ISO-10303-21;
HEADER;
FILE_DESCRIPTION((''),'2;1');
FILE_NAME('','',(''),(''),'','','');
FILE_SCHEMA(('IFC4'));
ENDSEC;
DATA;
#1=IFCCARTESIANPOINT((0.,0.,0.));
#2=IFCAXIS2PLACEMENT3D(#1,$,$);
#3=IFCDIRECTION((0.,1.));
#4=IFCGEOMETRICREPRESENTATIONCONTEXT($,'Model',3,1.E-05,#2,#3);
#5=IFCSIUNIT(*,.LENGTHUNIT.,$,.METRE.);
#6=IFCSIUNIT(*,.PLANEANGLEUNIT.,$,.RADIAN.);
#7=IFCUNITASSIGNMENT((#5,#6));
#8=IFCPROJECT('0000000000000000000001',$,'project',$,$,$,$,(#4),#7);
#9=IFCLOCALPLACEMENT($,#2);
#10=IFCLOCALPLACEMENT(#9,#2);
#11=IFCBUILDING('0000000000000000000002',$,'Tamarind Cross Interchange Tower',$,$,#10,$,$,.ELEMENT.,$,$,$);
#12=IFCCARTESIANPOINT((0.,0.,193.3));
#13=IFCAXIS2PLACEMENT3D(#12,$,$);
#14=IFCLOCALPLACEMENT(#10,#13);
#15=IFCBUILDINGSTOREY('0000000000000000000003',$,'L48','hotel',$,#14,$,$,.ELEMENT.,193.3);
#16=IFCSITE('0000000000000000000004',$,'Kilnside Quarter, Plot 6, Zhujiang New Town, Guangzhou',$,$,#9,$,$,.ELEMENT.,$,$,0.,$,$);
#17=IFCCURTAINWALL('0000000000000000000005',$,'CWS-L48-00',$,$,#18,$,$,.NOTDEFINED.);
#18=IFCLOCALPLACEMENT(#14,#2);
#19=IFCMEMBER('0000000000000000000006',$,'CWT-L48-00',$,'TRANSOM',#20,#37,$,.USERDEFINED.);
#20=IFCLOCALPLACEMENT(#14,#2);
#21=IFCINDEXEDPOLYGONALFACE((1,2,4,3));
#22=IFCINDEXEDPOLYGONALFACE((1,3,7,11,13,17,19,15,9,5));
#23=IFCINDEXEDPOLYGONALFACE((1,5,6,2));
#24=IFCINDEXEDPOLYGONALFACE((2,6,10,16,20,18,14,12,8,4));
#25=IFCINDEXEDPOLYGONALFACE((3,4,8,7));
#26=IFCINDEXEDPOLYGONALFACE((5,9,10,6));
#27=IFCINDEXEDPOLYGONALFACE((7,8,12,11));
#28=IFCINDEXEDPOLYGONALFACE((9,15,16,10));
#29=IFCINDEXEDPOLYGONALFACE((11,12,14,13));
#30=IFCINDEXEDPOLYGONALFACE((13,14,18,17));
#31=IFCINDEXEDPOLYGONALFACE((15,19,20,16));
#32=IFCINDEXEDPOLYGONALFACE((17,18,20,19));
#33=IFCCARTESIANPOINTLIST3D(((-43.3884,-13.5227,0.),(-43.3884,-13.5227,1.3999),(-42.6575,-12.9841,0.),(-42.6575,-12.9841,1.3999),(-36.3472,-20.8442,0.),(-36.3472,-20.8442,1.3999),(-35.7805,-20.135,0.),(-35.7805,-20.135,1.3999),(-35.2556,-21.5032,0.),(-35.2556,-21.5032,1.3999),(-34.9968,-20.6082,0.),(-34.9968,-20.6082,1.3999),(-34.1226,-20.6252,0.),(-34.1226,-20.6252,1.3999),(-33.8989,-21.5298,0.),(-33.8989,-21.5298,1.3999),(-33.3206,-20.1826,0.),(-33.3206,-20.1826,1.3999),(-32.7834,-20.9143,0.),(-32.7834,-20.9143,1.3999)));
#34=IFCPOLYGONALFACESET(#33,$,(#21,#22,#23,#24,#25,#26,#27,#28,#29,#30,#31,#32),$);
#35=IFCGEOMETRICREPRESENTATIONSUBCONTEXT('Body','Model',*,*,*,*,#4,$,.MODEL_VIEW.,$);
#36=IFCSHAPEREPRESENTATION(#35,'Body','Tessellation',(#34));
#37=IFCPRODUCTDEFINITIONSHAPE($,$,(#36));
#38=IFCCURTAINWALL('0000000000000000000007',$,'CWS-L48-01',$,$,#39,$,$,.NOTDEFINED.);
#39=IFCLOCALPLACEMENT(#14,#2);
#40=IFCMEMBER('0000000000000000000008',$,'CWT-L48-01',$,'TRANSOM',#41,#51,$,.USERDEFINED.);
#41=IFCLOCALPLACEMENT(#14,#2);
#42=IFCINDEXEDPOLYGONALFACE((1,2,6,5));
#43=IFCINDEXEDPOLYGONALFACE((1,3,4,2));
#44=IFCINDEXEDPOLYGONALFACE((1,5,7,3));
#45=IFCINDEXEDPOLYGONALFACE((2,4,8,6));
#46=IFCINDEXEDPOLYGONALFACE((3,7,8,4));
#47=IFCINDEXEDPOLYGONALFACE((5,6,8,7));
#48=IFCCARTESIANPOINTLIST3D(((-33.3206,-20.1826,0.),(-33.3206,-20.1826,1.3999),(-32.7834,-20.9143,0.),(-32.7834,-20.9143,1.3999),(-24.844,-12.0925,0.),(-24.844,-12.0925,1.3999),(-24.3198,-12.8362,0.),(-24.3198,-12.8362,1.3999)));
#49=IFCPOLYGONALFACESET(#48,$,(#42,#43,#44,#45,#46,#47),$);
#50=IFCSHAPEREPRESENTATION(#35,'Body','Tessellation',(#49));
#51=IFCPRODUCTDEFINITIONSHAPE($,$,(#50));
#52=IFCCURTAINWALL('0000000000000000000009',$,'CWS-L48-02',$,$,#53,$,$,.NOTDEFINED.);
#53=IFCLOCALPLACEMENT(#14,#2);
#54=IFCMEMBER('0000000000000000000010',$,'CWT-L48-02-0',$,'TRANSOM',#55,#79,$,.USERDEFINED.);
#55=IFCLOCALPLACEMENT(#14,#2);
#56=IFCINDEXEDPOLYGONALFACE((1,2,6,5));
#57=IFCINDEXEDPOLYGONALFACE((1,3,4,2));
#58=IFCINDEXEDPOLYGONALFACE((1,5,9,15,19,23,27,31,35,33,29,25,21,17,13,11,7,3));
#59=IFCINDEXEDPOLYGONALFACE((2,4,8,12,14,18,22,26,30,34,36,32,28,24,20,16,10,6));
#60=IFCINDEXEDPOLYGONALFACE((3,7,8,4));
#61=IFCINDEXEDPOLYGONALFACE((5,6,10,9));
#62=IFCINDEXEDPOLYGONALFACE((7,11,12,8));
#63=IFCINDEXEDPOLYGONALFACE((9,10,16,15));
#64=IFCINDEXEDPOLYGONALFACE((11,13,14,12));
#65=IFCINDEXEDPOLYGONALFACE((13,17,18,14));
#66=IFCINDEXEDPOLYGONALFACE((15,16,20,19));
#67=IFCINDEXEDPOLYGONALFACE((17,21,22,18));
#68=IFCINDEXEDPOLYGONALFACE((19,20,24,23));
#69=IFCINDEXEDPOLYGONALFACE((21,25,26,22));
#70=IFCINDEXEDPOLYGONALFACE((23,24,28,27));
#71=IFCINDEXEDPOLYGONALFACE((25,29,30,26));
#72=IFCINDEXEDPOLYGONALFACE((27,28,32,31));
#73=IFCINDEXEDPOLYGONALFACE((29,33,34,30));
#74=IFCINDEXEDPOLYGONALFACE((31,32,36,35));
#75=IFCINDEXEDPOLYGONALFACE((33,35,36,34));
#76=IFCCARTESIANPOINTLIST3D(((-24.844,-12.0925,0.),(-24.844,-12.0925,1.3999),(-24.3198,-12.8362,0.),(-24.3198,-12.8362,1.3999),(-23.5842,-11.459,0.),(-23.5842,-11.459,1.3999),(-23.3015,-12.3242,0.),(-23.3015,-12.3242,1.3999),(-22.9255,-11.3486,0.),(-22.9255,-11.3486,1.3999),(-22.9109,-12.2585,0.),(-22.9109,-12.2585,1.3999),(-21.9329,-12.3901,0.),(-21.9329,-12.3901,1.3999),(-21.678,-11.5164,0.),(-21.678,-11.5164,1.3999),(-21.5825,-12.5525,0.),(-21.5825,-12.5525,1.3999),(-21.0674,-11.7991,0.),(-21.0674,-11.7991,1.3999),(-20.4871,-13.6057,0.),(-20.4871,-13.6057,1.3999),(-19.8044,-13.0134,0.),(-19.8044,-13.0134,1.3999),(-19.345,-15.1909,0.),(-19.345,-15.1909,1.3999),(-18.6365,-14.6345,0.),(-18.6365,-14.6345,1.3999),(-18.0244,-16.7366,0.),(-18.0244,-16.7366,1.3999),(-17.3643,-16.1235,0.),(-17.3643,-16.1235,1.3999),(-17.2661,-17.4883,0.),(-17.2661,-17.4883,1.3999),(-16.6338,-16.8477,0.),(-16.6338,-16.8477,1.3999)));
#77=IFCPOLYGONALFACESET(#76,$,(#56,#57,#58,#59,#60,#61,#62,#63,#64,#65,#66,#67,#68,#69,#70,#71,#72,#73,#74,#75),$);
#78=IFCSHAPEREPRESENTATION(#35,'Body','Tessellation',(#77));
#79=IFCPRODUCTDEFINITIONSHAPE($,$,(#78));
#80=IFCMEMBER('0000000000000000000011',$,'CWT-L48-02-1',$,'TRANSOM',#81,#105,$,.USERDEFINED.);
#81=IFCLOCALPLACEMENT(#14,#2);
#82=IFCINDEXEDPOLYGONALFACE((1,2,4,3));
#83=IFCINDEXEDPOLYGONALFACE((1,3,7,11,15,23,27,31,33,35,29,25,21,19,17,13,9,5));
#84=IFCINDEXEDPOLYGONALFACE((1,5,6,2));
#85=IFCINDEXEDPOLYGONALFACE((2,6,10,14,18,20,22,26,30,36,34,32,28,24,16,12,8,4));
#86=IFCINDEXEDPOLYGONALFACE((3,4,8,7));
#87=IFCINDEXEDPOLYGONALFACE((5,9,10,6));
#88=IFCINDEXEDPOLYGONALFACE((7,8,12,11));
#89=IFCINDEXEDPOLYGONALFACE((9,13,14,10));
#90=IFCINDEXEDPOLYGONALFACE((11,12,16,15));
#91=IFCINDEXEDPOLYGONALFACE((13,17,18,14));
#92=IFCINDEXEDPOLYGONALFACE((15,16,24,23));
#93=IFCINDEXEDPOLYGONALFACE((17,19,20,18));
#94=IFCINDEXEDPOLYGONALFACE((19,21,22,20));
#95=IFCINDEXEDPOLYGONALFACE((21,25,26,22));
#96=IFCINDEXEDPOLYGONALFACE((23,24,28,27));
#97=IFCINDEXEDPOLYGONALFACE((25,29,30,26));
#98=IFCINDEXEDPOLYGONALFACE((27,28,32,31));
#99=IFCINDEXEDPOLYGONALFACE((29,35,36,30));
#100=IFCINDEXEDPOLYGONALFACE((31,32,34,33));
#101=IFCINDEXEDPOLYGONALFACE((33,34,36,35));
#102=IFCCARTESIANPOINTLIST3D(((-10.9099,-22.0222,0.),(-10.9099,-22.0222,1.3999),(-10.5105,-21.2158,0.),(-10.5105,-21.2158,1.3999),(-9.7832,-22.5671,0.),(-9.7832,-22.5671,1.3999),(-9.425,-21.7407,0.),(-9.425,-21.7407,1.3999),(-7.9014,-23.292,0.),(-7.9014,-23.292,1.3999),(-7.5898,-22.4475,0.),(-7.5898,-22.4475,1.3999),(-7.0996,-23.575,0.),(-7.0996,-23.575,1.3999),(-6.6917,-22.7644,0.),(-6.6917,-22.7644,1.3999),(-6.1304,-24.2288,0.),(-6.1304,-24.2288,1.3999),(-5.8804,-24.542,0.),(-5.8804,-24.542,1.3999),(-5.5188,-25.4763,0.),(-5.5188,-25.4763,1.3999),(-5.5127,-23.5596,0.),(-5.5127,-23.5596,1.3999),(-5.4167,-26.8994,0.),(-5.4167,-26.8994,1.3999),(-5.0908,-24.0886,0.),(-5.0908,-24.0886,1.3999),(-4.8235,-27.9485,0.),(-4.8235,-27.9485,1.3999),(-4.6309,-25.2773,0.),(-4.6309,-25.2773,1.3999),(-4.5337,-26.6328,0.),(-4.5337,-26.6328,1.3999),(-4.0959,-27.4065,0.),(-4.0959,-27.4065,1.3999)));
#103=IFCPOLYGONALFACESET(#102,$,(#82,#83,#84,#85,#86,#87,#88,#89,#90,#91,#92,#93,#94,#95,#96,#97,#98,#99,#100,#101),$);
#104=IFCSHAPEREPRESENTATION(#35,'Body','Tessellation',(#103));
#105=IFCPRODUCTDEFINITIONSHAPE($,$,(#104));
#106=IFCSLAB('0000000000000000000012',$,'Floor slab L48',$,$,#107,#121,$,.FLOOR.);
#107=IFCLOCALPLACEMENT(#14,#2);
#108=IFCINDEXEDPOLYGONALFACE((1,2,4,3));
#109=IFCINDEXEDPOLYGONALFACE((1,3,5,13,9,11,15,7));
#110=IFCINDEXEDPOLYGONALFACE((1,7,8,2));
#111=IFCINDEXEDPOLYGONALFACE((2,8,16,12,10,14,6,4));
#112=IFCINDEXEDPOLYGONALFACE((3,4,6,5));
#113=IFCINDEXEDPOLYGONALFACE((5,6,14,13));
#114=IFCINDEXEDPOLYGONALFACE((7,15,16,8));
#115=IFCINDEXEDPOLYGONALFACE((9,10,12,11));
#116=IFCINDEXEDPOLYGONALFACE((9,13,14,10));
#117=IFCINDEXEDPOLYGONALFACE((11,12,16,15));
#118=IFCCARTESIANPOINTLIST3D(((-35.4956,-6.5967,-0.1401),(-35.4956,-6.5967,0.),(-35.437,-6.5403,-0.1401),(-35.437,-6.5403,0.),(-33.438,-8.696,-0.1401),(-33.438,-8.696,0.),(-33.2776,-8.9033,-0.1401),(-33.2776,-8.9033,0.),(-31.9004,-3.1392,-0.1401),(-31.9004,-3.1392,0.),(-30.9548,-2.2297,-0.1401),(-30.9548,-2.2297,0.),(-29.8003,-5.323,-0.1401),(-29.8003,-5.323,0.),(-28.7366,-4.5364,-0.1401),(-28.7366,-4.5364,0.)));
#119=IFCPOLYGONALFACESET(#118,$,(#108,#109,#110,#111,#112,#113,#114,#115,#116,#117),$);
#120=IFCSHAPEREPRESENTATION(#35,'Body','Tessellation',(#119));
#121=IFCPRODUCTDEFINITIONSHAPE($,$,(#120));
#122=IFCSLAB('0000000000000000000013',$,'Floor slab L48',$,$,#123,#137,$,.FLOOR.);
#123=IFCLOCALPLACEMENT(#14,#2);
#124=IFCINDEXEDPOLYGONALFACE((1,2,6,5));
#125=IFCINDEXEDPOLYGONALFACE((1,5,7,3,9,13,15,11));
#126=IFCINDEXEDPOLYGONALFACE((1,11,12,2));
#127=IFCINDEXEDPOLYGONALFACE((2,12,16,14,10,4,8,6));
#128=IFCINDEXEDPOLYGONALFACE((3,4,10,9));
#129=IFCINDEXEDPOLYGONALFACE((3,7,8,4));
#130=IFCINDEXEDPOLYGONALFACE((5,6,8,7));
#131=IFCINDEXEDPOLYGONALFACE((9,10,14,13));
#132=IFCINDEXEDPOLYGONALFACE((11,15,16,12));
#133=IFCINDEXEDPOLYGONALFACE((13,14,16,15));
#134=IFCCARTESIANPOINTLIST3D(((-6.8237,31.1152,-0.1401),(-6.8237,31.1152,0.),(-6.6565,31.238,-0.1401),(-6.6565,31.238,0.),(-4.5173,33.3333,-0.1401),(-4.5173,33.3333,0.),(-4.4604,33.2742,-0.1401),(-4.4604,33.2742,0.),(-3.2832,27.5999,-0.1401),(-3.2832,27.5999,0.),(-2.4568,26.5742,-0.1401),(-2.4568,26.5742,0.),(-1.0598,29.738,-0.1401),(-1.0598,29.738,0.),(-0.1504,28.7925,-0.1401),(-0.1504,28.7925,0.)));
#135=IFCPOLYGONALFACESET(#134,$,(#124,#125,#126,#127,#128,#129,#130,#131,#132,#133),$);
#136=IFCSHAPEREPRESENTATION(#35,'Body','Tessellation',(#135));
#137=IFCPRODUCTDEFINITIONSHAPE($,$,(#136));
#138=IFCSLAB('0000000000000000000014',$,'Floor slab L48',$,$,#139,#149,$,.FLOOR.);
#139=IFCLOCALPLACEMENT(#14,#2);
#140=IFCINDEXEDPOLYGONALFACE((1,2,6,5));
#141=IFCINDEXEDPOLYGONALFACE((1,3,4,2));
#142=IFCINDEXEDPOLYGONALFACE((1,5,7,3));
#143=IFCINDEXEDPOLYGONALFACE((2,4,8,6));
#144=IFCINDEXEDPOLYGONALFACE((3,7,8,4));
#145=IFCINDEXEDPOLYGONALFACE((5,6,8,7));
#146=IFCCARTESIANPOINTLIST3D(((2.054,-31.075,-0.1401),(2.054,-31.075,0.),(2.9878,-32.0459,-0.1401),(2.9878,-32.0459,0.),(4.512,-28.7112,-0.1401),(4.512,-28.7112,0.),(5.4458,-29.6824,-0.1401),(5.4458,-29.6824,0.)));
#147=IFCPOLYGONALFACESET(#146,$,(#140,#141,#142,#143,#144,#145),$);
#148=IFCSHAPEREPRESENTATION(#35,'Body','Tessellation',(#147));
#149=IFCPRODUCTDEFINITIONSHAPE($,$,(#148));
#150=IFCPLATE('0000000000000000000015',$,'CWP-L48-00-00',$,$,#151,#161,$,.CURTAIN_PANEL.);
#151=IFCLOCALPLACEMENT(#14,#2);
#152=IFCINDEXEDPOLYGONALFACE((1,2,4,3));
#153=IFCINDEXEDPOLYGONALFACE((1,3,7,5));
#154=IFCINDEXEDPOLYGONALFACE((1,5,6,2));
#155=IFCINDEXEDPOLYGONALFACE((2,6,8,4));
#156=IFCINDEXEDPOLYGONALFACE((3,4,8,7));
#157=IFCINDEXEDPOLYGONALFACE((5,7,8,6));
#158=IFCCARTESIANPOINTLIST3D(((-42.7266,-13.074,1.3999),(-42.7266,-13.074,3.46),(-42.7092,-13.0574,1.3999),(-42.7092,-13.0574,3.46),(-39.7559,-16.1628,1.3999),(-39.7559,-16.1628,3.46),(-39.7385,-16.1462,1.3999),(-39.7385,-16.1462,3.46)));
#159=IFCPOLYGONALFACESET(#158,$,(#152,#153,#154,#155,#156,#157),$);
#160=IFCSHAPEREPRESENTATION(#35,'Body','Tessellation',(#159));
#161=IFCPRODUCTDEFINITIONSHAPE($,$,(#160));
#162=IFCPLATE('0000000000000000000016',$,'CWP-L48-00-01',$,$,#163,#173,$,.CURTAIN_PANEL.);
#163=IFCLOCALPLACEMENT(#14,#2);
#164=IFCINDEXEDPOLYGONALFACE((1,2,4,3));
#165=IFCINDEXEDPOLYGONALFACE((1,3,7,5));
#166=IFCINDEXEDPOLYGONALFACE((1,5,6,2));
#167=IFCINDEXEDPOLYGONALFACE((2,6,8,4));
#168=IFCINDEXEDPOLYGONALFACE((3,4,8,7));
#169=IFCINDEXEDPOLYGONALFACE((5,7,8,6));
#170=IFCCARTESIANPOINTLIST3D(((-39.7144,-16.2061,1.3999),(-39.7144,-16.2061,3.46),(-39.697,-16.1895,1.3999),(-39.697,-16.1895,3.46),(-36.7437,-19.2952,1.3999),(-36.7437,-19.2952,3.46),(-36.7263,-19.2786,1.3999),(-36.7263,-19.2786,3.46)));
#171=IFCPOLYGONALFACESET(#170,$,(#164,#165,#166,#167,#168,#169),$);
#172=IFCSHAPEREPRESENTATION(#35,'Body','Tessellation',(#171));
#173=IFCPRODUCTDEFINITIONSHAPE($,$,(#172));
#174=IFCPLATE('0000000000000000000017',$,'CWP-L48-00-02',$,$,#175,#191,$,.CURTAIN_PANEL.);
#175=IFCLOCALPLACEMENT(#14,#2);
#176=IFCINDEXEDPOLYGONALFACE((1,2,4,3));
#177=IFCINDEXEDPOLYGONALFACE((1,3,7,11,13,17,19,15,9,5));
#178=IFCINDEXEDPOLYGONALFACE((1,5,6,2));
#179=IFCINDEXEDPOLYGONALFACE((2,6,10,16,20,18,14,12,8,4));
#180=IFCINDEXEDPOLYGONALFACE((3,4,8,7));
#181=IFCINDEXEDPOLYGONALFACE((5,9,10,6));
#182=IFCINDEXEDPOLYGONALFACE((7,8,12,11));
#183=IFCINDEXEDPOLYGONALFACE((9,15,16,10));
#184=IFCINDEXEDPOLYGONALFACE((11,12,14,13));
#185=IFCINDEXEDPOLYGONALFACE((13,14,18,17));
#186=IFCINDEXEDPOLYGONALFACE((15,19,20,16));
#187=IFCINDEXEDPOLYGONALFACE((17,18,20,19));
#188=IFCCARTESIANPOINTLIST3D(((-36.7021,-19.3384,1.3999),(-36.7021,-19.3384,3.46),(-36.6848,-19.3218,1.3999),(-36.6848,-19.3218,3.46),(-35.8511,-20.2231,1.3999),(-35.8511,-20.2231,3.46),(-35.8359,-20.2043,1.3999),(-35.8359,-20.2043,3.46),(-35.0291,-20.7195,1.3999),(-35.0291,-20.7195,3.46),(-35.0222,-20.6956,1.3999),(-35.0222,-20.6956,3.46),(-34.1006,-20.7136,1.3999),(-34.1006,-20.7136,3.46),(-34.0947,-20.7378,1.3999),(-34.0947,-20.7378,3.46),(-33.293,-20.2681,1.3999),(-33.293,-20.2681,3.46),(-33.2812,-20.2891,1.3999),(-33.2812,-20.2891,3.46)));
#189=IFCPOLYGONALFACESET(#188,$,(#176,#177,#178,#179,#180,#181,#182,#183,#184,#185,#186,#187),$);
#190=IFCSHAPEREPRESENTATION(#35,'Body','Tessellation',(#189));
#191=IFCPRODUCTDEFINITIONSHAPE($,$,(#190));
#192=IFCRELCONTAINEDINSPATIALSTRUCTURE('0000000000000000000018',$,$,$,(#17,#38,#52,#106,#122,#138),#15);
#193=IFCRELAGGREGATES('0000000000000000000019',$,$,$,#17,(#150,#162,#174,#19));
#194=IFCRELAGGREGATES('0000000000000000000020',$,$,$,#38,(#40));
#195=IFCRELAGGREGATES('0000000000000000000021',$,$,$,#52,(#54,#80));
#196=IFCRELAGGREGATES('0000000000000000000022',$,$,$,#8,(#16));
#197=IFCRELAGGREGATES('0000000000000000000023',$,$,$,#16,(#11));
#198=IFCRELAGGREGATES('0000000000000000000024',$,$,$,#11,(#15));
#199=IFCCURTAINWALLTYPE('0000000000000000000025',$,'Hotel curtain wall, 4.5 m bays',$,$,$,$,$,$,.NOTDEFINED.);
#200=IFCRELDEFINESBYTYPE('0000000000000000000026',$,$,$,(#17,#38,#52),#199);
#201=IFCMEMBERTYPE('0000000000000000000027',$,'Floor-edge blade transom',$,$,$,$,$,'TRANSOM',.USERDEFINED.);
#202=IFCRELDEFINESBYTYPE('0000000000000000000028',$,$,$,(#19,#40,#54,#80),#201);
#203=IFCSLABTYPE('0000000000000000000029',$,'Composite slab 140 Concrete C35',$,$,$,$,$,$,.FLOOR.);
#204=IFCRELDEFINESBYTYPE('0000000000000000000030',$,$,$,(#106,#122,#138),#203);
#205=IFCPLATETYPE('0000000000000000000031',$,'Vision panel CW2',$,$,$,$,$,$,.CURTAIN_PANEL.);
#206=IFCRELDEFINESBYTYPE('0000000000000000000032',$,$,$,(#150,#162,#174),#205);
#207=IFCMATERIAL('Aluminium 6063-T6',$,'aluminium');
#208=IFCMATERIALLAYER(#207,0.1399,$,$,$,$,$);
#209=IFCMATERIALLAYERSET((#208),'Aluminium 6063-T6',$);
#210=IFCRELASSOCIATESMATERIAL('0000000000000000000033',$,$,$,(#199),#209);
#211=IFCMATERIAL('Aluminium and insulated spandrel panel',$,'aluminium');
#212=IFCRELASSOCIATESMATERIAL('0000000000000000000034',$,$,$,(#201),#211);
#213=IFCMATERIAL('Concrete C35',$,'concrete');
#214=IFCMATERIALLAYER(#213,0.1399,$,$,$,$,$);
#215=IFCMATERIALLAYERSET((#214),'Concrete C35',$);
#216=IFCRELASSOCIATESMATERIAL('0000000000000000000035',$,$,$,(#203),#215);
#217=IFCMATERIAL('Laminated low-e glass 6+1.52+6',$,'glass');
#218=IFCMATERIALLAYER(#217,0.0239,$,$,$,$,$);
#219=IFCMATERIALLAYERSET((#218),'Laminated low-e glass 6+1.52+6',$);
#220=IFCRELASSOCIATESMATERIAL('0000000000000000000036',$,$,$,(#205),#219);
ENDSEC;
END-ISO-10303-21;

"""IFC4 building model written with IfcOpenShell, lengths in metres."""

from ifc_helpers import new_model, si_unit, direction, frame, origin, place, context, subcontext, project, spatial, polyline, outline, extrude, material, layer, layer_set, type_object, element, aggregate, save


model = new_model("IFC4")

# Units and contexts
model_context = context("Model", 3, precision=1e-05, world=origin(), true_north=direction((0.0, 1.0)))
body_context = subcontext(model_context, "Body", "Model", "MODEL_VIEW")
ifc_project = project(units=[si_unit("LENGTHUNIT", "METRE"), si_unit("PLANEANGLEUNIT", "RADIAN")], contexts=[model_context])

# Site, building, storey
site_placement = place(None, origin())
site = spatial("IfcSite", under=ifc_project, at=site_placement, Name="Kilnside Quarter, Plot 6, Zhujiang New Town, Guangzhou", CompositionType="ELEMENT", RefElevation=0.0)
building_placement = place(site_placement, origin())
building = spatial("IfcBuilding", under=site, at=building_placement, Name="Tamarind Cross Interchange Tower", CompositionType="ELEMENT")
storey_placement = place(building_placement, frame((0.0, 0.0, 193.3)))
storey = spatial("IfcBuildingStorey", under=building, at=storey_placement, Name="L48", Description="hotel", CompositionType="ELEMENT", Elevation=193.3)

# Curtain walls, members
ifc_material_1 = material(Name="Aluminium 6063-T6", Category="aluminium")
ifc_layer_1 = layer(ifc_material_1, 0.1399)
ifc_layer_set_1 = layer_set([ifc_layer_1], Name="Aluminium 6063-T6")
curtain_wall_type = type_object("IfcCurtainWallType", Name="Hotel curtain wall, 4.5 m bays", PredefinedType="NOTDEFINED", material=ifc_layer_set_1)
curtain_wall_1_placement = place(storey_placement, origin())
curtain_wall_1 = element("IfcCurtainWall", 1, at=curtain_wall_1_placement, inside=storey, type_object=curtain_wall_type, Name="CWS-L48-00", PredefinedType="NOTDEFINED")
ifc_material_2 = material(Name="Aluminium and insulated spandrel panel", Category="aluminium")
member_type = type_object("IfcMemberType", Name="Floor-edge blade transom", ElementType="TRANSOM", PredefinedType="USERDEFINED", material=ifc_material_2)
member_1_placement = place(storey_placement, origin())
member_1 = element("IfcMember", 2, at=member_1_placement, type_object=member_type, Name="CWT-L48-00", ObjectType="TRANSOM", PredefinedType="USERDEFINED", context=body_context, shape_type="SweptSolid", body=[
    extrude(outline(polyline([(-42.6575, -12.9841), (-35.7805, -20.135), (-34.9968, -20.6082), (-34.1226, -20.6252), (-33.3206, -20.1826), (-32.7834, -20.9143), (-33.8989, -21.5298), (-35.2556, -21.5032), (-36.3472, -20.8442), (-43.3884, -13.5227), (-42.6575, -12.9841)])), origin(), (0.0, 0.0, 1.0), 1.3999),
])
curtain_wall_2_placement = place(storey_placement, origin())
curtain_wall_2 = element("IfcCurtainWall", 3, at=curtain_wall_2_placement, inside=storey, type_object=curtain_wall_type, Name="CWS-L48-01", PredefinedType="NOTDEFINED")
member_2_placement = place(storey_placement, origin())
member_2 = element("IfcMember", 4, at=member_2_placement, type_object=member_type, Name="CWT-L48-01", ObjectType="TRANSOM", PredefinedType="USERDEFINED", context=body_context, shape_type="SweptSolid", body=[
    extrude(outline(polyline([(-33.3206, -20.1826), (-24.844, -12.0925), (-24.3198, -12.8362), (-32.7834, -20.9143), (-33.3206, -20.1826)])), origin(), (0.0, 0.0, 1.0), 1.3999),
])

# Curtain wall, members
curtain_wall_3_placement = place(storey_placement, origin())
curtain_wall_3 = element("IfcCurtainWall", 5, at=curtain_wall_3_placement, inside=storey, type_object=curtain_wall_type, Name="CWS-L48-02", PredefinedType="NOTDEFINED")
member_3_placement = place(storey_placement, origin())
member_3 = element("IfcMember", 6, at=member_3_placement, type_object=member_type, Name="CWT-L48-02-0", ObjectType="TRANSOM", PredefinedType="USERDEFINED", context=body_context, shape_type="SweptSolid", body=[
    extrude(outline(polyline([(-24.844, -12.0925), (-23.5842, -11.459), (-22.9255, -11.3486), (-21.678, -11.5164), (-21.0674, -11.7991), (-19.8044, -13.0134), (-18.6365, -14.6345), (-17.3643, -16.1235), (-16.6338, -16.8477), (-17.2661, -17.4883), (-18.0244, -16.7366), (-19.345, -15.1909), (-20.4871, -13.6057), (-21.5825, -12.5525), (-21.9329, -12.3901), (-22.9109, -12.2585), (-23.3015, -12.3242), (-24.3198, -12.8362), (-24.844, -12.0925)])), origin(), (0.0, 0.0, 1.0), 1.3999),
])
member_4_placement = place(storey_placement, origin())
member_4 = element("IfcMember", 7, at=member_4_placement, type_object=member_type, Name="CWT-L48-02-1", ObjectType="TRANSOM", PredefinedType="USERDEFINED", context=body_context, shape_type="SweptSolid", body=[
    extrude(outline(polyline([(-10.5105, -21.2158), (-9.425, -21.7407), (-7.5898, -22.4475), (-6.6917, -22.7644), (-5.5127, -23.5596), (-5.0908, -24.0886), (-4.6309, -25.2773), (-4.5337, -26.6328), (-4.0959, -27.4065), (-4.8235, -27.9485), (-5.4167, -26.8994), (-5.5188, -25.4763), (-5.8804, -24.542), (-6.1304, -24.2288), (-7.0996, -23.575), (-7.9014, -23.292), (-9.7832, -22.5671), (-10.9099, -22.0222), (-10.5105, -21.2158)])), origin(), (0.0, 0.0, 1.0), 1.3999),
])

# Slabs
ifc_material_3 = material(Name="Concrete C35", Category="concrete")
ifc_layer_2 = layer(ifc_material_3, 0.1399)
ifc_layer_set_2 = layer_set([ifc_layer_2], Name="Concrete C35")
slab_type = type_object("IfcSlabType", Name="Composite slab 140 Concrete C35", PredefinedType="FLOOR", material=ifc_layer_set_2)
slab_1_placement = place(storey_placement, frame((0.0, 0.0, -0.1401)))
element("IfcSlab", 8, at=slab_1_placement, inside=storey, type_object=slab_type, Name="Floor slab L48", PredefinedType="FLOOR", context=body_context, shape_type="SweptSolid", body=[
    extrude(outline(polyline([(-35.4956, -6.5967), (-33.2776, -8.9033), (-28.7366, -4.5364), (-30.9548, -2.2297), (-31.9004, -3.1392), (-29.8003, -5.323), (-33.438, -8.696), (-35.437, -6.5403), (-35.4956, -6.5967)])), origin(), (0.0, 0.0, 1.0), 0.1401),
])
slab_2_placement = place(storey_placement, frame((0.0, 0.0, -0.1401)))
element("IfcSlab", 9, at=slab_2_placement, inside=storey, type_object=slab_type, Name="Floor slab L48", PredefinedType="FLOOR", context=body_context, shape_type="SweptSolid", body=[
    extrude(outline(polyline([(-4.5173, 33.3333), (-6.8237, 31.1152), (-2.4568, 26.5742), (-0.1504, 28.7925), (-1.0598, 29.738), (-3.2832, 27.5999), (-6.6565, 31.238), (-4.4604, 33.2742), (-4.5173, 33.3333)])), origin(), (0.0, 0.0, 1.0), 0.1401),
])
slab_3_placement = place(storey_placement, frame((0.0, 0.0, -0.1401)))
element("IfcSlab", 10, at=slab_3_placement, inside=storey, type_object=slab_type, Name="Floor slab L48", PredefinedType="FLOOR", context=body_context, shape_type="SweptSolid", body=[
    extrude(outline(polyline([(2.9878, -32.0459), (5.4458, -29.6824), (4.512, -28.7112), (2.054, -31.075), (2.9878, -32.0459)])), origin(), (0.0, 0.0, 1.0), 0.1401),
])

# Plates
ifc_material_4 = material(Name="Laminated low-e glass 6+1.52+6", Category="glass")
ifc_layer_3 = layer(ifc_material_4, 0.0239)
ifc_layer_set_3 = layer_set([ifc_layer_3], Name="Laminated low-e glass 6+1.52+6")
plate_type = type_object("IfcPlateType", Name="Vision panel CW2", PredefinedType="CURTAIN_PANEL", material=ifc_layer_set_3)
plate_1_placement = place(storey_placement, frame((0.0, 0.0, 1.3999)))
plate_1 = element("IfcPlate", 11, at=plate_1_placement, type_object=plate_type, Name="CWP-L48-00-00", PredefinedType="CURTAIN_PANEL", context=body_context, shape_type="SweptSolid", body=[
    extrude(outline(polyline([(-42.7092, -13.0574), (-39.7385, -16.1462), (-39.7559, -16.1628), (-42.7266, -13.074), (-42.7092, -13.0574)])), origin(), (0.0, 0.0, 1.0), 2.0601),
])
plate_2_placement = place(storey_placement, frame((0.0, 0.0, 1.3999)))
plate_2 = element("IfcPlate", 12, at=plate_2_placement, type_object=plate_type, Name="CWP-L48-00-01", PredefinedType="CURTAIN_PANEL", context=body_context, shape_type="SweptSolid", body=[
    extrude(outline(polyline([(-39.697, -16.1895), (-36.7263, -19.2786), (-36.7437, -19.2952), (-39.7144, -16.2061), (-39.697, -16.1895)])), origin(), (0.0, 0.0, 1.0), 2.0601),
])
plate_3_placement = place(storey_placement, frame((0.0, 0.0, 1.3999)))
plate_3 = element("IfcPlate", 13, at=plate_3_placement, type_object=plate_type, Name="CWP-L48-00-02", PredefinedType="CURTAIN_PANEL", context=body_context, shape_type="SweptSolid", body=[
    extrude(outline(polyline([(-36.6848, -19.3218), (-35.8359, -20.2043), (-35.0222, -20.6956), (-34.1006, -20.7136), (-33.293, -20.2681), (-33.2812, -20.2891), (-34.0947, -20.7378), (-35.0291, -20.7195), (-35.8511, -20.2231), (-36.7021, -19.3384), (-36.6848, -19.3218)])), origin(), (0.0, 0.0, 1.0), 2.0601),
])
aggregate(curtain_wall_1, [plate_1, plate_2, plate_3, member_1])
aggregate(curtain_wall_2, [member_2])
aggregate(curtain_wall_3, [member_3, member_4])

save(model, "model.ifc")
